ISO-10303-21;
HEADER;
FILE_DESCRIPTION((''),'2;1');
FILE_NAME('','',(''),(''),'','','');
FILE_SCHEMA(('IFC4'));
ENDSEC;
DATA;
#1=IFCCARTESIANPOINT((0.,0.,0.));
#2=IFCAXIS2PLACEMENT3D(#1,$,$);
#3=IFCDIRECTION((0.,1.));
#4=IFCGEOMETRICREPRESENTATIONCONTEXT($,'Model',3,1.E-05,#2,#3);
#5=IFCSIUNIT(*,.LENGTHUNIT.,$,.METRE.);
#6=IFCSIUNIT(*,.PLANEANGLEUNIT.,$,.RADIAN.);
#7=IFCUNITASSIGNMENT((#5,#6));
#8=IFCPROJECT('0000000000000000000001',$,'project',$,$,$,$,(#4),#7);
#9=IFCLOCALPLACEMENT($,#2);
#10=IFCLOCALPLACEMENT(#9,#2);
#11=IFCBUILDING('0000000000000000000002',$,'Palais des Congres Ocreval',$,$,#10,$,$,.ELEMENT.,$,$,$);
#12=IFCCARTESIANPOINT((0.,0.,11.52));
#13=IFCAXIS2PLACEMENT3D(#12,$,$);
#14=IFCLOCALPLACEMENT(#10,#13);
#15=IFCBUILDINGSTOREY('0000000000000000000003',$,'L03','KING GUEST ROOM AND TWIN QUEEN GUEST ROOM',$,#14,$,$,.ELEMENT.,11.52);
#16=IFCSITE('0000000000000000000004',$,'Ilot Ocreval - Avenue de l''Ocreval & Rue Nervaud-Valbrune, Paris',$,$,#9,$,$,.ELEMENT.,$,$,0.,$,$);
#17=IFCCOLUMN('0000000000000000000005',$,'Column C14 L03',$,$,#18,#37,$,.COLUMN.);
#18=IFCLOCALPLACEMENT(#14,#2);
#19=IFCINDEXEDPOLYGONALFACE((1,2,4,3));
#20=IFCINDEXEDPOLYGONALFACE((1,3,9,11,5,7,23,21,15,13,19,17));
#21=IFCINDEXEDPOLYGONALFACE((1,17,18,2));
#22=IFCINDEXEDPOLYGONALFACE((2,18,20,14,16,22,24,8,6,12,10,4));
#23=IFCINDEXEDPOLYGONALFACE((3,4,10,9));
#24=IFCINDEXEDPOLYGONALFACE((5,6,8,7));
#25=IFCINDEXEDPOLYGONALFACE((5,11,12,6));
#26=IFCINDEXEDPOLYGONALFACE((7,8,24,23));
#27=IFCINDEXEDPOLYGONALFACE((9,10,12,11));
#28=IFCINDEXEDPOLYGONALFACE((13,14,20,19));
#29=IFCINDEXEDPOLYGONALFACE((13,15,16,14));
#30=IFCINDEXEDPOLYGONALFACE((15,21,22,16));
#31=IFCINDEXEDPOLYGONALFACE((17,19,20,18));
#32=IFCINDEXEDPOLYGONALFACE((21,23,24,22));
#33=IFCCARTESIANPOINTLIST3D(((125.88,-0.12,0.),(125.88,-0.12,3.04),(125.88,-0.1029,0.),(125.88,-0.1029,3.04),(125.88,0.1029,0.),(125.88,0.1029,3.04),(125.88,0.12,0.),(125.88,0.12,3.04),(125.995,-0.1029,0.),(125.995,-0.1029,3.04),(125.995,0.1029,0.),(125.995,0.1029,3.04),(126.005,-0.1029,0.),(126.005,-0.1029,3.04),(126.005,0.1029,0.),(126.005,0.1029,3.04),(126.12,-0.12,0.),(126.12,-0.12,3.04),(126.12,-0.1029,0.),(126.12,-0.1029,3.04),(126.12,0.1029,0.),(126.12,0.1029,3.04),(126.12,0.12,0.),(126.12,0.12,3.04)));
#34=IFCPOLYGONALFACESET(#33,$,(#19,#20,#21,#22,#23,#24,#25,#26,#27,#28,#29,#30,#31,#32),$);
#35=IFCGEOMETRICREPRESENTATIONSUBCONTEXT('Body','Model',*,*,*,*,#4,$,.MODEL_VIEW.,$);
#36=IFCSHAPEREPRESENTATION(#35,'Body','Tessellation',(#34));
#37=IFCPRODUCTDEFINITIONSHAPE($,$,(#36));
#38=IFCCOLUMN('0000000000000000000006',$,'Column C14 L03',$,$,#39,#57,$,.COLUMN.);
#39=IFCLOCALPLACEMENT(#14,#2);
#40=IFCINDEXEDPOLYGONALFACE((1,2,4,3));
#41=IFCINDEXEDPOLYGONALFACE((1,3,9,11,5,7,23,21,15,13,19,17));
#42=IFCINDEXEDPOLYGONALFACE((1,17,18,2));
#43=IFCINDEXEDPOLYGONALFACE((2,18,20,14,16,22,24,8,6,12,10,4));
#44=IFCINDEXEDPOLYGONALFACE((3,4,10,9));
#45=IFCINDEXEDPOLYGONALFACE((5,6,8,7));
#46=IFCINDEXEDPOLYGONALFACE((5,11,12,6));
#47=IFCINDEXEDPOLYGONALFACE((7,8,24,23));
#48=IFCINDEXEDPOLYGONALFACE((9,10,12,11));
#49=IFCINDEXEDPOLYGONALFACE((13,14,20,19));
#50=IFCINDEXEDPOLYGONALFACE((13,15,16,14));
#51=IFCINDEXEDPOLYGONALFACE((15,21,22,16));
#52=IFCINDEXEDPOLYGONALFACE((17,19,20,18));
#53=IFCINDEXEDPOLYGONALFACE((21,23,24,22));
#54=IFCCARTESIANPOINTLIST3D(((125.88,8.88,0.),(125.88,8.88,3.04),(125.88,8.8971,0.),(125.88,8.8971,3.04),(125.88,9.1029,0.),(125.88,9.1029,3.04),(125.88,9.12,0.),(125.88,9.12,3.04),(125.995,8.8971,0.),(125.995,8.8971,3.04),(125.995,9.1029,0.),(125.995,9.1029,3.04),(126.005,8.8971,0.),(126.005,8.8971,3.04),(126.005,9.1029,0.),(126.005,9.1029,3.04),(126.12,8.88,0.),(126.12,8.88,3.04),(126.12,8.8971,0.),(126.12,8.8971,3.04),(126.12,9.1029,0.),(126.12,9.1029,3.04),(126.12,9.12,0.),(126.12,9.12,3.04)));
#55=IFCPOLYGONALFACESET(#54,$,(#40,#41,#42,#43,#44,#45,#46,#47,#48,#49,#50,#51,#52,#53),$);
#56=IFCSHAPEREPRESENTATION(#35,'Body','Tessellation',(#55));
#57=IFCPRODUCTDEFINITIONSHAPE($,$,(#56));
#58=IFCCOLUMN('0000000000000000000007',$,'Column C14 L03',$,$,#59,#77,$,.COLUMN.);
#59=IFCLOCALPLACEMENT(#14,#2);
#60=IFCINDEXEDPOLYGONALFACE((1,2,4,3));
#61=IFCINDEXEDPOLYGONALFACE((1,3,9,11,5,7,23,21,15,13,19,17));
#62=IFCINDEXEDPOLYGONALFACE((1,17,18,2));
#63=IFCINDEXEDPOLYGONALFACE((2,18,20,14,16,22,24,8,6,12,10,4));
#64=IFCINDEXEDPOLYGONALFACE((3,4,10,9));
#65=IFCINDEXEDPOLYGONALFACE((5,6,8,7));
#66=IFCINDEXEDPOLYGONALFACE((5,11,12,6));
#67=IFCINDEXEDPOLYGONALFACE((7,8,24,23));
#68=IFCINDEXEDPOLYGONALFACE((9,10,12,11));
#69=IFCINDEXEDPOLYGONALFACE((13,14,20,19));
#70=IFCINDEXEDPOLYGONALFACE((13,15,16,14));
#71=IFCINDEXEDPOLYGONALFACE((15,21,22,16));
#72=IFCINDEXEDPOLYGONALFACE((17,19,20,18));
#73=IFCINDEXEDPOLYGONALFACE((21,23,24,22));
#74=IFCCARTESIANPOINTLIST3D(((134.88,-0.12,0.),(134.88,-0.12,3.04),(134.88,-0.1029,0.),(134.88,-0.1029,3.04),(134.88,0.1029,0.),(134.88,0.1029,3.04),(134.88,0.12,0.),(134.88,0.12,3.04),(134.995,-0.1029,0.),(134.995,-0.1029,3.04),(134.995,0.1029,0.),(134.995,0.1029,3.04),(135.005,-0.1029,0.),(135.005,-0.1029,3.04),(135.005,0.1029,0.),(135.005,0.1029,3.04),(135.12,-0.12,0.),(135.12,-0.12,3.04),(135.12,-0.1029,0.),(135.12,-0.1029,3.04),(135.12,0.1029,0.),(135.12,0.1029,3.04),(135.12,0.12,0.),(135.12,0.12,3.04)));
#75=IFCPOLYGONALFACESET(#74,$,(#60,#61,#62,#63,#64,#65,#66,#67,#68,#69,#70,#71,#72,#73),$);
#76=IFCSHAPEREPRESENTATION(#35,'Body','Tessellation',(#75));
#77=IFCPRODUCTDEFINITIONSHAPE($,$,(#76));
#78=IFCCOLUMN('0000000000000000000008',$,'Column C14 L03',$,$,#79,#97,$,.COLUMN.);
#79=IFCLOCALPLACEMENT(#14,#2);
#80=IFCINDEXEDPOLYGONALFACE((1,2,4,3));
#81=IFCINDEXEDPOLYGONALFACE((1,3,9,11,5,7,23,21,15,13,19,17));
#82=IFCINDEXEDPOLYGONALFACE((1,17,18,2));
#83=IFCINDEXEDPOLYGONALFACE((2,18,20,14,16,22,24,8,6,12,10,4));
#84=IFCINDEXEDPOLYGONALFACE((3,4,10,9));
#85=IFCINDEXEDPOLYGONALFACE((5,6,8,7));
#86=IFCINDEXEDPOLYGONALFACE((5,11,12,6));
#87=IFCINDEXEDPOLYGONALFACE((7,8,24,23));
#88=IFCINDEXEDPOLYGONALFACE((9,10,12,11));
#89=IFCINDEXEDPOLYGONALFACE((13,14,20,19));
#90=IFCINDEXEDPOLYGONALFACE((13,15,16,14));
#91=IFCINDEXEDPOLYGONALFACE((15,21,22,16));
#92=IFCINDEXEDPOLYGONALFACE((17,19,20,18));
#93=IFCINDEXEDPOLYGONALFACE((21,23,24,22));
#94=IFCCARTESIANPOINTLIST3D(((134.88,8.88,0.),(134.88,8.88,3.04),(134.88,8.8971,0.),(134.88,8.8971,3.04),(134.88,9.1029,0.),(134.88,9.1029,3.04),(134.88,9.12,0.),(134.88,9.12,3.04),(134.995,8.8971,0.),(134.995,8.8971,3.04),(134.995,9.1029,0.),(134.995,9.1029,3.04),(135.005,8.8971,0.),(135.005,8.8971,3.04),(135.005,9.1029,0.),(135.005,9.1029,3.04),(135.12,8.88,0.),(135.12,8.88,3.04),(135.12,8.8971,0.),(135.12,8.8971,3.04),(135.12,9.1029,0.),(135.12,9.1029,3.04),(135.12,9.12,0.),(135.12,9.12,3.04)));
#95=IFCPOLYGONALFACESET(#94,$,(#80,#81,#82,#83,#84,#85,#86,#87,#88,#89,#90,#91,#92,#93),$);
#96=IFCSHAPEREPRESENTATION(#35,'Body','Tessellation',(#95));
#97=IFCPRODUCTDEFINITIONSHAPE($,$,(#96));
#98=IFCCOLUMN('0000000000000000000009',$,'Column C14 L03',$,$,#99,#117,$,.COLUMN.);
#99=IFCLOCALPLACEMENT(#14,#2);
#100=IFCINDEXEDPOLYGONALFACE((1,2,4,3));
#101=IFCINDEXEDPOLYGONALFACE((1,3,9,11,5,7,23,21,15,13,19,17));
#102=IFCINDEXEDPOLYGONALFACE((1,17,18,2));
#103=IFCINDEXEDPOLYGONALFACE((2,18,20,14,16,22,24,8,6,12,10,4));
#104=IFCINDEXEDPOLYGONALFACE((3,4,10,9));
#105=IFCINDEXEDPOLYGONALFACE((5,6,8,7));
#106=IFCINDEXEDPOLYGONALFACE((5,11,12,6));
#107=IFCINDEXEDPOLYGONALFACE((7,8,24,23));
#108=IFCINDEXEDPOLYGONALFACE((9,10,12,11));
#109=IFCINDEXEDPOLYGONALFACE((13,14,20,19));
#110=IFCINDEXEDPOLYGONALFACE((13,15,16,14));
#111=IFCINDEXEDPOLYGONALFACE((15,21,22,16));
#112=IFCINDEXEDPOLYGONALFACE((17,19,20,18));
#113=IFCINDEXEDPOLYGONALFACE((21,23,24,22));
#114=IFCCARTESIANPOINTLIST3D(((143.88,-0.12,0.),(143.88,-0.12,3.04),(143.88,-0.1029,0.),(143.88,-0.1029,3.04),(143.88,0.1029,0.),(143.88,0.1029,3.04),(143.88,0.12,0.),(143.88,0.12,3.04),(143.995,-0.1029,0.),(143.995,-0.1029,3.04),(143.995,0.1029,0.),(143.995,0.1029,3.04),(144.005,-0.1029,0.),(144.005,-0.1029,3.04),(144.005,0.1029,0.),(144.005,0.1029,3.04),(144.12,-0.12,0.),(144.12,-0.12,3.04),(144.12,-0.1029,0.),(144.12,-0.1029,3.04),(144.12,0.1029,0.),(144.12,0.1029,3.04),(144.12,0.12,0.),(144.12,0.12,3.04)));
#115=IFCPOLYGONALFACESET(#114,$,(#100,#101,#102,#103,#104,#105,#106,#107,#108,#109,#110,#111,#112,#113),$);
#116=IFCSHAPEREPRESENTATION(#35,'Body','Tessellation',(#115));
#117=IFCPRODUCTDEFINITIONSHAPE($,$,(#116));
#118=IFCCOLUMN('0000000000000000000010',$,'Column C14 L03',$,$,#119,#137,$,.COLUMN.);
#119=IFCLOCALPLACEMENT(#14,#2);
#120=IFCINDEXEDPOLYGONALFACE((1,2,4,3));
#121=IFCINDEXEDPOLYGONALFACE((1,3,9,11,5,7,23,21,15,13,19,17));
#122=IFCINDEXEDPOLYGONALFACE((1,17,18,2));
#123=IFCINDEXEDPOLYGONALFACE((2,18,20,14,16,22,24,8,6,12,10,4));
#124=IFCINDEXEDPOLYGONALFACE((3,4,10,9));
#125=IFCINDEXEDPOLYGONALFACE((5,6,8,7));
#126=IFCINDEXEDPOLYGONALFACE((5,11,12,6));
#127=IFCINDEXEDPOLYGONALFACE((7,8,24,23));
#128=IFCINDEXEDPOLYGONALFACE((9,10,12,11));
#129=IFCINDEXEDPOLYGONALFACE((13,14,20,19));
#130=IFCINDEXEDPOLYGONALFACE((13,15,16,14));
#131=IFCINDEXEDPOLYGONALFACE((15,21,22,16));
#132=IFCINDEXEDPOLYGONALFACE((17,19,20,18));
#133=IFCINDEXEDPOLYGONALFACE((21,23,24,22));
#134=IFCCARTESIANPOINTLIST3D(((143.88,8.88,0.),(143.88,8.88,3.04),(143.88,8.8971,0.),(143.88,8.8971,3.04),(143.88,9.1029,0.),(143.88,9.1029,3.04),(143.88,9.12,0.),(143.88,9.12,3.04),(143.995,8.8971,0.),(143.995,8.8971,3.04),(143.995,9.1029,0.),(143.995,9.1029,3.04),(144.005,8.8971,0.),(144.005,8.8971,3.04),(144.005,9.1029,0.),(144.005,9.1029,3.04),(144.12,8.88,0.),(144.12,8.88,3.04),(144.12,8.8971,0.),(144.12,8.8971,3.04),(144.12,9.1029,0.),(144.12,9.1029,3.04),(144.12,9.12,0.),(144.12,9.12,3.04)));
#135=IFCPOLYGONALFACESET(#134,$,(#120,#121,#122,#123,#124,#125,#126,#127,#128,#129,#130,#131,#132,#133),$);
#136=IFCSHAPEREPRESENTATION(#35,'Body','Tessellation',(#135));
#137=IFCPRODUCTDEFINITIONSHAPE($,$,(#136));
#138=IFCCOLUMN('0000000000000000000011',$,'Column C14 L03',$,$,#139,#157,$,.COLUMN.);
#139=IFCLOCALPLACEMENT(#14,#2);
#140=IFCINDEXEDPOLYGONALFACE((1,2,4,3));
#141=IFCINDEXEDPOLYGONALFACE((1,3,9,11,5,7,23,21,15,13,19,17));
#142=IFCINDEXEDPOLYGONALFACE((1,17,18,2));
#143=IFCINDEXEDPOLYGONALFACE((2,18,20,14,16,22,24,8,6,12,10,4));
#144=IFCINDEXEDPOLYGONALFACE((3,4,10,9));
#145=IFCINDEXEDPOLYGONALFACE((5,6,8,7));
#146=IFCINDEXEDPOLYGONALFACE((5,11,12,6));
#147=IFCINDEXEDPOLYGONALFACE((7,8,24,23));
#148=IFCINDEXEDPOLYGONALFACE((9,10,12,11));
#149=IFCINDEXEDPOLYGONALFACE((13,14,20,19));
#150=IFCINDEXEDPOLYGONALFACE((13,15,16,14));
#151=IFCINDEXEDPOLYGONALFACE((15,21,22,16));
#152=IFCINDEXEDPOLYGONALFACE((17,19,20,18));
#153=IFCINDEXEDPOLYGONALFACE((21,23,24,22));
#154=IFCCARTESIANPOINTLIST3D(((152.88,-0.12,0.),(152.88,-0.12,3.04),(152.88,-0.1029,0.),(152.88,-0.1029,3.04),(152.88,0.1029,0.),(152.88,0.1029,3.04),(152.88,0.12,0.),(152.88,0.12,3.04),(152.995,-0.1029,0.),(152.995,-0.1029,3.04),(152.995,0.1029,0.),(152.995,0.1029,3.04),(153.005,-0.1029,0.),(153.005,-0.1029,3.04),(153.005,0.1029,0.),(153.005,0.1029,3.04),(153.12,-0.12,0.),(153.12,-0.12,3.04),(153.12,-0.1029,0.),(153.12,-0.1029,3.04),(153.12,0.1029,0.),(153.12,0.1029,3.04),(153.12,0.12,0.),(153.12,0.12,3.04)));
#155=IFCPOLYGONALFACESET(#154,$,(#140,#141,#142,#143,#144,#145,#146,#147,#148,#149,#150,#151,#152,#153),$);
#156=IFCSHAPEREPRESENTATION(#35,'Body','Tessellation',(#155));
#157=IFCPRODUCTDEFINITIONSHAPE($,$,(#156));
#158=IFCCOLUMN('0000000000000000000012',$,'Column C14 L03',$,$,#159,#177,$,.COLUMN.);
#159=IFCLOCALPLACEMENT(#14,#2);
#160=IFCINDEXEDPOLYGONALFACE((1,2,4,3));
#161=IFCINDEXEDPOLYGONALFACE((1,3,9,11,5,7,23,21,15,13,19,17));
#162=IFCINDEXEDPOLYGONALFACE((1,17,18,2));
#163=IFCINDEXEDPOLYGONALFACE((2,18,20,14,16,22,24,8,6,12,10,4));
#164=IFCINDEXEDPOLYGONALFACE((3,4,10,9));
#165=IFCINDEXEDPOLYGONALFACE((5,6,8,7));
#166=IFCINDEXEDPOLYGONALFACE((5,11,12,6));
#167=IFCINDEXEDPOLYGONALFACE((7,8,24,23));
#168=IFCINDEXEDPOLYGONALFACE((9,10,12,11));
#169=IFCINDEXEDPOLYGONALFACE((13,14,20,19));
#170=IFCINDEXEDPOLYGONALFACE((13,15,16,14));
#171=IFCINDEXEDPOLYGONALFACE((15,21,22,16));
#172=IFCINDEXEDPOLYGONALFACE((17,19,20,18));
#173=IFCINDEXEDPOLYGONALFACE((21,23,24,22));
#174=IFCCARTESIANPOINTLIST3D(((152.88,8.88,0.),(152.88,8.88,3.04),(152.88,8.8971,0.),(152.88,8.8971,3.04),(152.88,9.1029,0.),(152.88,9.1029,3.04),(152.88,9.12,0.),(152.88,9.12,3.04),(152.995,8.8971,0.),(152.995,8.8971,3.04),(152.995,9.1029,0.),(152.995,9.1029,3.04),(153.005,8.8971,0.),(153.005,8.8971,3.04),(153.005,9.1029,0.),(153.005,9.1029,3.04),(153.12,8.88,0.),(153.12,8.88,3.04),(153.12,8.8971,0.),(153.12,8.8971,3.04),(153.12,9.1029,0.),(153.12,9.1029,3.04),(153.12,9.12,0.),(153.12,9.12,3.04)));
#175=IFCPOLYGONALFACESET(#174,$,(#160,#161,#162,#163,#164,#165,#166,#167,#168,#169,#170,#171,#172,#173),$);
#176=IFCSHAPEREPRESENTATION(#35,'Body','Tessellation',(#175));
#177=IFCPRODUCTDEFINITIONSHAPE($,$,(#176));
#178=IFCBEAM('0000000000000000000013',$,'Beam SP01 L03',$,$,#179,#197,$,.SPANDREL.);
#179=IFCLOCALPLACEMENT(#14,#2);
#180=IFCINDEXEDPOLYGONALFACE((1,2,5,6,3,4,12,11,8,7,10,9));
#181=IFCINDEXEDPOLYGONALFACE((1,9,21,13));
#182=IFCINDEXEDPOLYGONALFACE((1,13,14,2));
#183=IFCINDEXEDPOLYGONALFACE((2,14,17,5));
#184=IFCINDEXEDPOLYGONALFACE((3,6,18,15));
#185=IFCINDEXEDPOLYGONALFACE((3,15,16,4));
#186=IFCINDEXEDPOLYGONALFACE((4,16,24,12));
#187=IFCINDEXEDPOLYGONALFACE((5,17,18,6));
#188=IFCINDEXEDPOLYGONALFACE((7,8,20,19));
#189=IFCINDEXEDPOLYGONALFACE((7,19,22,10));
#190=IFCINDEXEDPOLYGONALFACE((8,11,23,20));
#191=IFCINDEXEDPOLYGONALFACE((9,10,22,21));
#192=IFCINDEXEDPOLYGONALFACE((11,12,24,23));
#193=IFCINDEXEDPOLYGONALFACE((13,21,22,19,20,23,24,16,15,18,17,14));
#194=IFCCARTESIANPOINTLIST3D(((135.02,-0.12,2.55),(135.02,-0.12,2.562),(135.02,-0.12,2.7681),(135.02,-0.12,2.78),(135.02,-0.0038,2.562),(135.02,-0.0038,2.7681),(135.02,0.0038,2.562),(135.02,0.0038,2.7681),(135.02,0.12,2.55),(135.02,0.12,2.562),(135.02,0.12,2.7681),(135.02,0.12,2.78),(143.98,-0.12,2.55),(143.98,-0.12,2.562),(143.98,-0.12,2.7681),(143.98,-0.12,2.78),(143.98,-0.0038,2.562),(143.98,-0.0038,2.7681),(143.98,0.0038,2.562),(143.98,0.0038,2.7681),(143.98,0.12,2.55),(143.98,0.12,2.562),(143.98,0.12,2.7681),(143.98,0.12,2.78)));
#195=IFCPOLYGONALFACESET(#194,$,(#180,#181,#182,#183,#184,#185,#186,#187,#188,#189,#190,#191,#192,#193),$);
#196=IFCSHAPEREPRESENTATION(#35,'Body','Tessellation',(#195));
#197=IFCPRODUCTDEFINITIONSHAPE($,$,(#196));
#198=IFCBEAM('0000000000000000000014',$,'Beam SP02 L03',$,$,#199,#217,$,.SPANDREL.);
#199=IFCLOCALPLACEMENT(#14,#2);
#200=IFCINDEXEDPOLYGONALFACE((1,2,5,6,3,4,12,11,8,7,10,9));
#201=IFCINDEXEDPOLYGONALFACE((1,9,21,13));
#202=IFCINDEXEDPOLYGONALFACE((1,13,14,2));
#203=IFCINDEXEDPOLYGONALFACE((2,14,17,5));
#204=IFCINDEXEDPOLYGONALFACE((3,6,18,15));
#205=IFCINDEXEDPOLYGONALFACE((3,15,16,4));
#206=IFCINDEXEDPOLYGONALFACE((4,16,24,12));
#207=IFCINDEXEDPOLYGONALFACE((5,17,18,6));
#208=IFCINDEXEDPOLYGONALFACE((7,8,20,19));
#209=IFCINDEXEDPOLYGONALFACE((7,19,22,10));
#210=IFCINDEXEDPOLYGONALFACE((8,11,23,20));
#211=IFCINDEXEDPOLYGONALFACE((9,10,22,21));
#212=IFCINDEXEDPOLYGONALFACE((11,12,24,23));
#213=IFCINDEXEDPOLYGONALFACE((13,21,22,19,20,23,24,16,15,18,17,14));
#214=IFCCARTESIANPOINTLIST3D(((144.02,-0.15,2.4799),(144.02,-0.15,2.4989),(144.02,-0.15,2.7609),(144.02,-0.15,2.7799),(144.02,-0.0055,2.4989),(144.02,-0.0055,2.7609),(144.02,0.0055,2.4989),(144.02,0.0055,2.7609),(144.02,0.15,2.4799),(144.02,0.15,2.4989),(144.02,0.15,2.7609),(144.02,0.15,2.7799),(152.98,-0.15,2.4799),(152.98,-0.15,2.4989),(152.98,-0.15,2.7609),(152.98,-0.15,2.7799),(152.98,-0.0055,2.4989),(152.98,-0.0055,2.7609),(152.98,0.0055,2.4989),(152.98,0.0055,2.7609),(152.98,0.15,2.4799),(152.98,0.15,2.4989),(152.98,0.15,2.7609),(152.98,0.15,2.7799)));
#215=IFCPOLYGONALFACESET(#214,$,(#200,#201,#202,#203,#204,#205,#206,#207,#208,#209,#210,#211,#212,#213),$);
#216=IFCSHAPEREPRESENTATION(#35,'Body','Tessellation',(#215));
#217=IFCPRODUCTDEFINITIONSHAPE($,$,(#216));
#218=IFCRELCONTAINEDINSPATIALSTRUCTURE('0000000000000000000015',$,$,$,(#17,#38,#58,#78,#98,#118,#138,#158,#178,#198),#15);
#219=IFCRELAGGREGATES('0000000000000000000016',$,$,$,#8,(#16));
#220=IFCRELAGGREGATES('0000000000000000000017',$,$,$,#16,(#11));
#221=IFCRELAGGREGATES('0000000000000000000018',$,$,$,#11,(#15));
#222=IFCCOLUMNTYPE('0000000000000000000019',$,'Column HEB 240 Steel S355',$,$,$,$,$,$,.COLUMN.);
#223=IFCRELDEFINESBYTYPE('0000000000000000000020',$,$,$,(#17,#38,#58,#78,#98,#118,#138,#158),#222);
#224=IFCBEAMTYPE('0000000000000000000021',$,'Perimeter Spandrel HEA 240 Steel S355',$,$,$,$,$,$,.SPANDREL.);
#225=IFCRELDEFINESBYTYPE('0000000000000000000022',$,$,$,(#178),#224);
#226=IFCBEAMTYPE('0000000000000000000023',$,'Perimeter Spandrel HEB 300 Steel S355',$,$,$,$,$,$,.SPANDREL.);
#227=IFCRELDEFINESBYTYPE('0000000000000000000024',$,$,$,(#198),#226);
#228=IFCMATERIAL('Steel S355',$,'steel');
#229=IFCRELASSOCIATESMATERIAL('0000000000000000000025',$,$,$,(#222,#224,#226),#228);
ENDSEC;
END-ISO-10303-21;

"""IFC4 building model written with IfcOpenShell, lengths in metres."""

from ifc_helpers import new_model, si_unit, direction, frame, origin, origin_2d, place, context, subcontext, project, spatial, i_section, extrude, material, material_profile, profile_set, type_object, element, save


model = new_model("IFC4")

# Units and contexts
model_context = context("Model", 3, precision=1e-05, world=origin(), true_north=direction((0.0, 1.0)))
body_context = subcontext(model_context, "Body", "Model", "MODEL_VIEW")
ifc_project = project(units=[si_unit("LENGTHUNIT", "METRE"), si_unit("PLANEANGLEUNIT", "RADIAN")], contexts=[model_context])

# Site, building, storey
site_placement = place(None, origin())
site = spatial("IfcSite", under=ifc_project, at=site_placement, Name="Ilot Ocreval - Avenue de l'Ocreval & Rue Nervaud-Valbrune, Paris", CompositionType="ELEMENT", RefElevation=0.0)
building_placement = place(site_placement, origin())
building = spatial("IfcBuilding", under=site, at=building_placement, Name="Palais des Congres Ocreval", CompositionType="ELEMENT")
storey_placement = place(building_placement, frame((0.0, 0.0, 11.52)))
storey = spatial("IfcBuildingStorey", under=building, at=storey_placement, Name="L03", Description="KING GUEST ROOM AND TWIN QUEEN GUEST ROOM", CompositionType="ELEMENT", Elevation=11.52)

# Columns
ifc_material_1 = material(Name="Steel S355", Category="steel")
ifc_material_profile_1 = material_profile(ifc_material_1, i_section(OverallWidth=0.24, OverallDepth=0.24, WebThickness=0.01, FlangeThickness=0.0171, at=origin_2d()), Name="HEB 240")
ifc_profile_set_1 = profile_set([ifc_material_profile_1], Name="Steel S355")
column_type = type_object("IfcColumnType", Name="Column HEB 240 Steel S355", PredefinedType="COLUMN", material=ifc_profile_set_1)
for number, where, z_axis, x_axis, name in (
    (1, (126.0, 0.0, 0.0), (0.0, 0.0, 1.0), (1.0, 0.0, 0.0), "Column C14 L03"),
    (2, (126.0, 9.0, 0.0), (0.0, 0.0, 1.0), (1.0, 0.0, 0.0), "Column C14 L03"),
    (3, (135.0, 0.0, 0.0), (0.0, 0.0, 1.0), (1.0, 0.0, 0.0), "Column C14 L03"),
    (4, (135.0, 9.0, 0.0), (0.0, 0.0, 1.0), (1.0, 0.0, 0.0), "Column C14 L03"),
    (5, (144.0, 0.0, 0.0), (0.0, 0.0, 1.0), (1.0, 0.0, 0.0), "Column C14 L03"),
    (6, (144.0, 9.0, 0.0), (0.0, 0.0, 1.0), (1.0, 0.0, 0.0), "Column C14 L03"),
    (7, (153.0, 0.0, 0.0), (0.0, 0.0, 1.0), (1.0, 0.0, 0.0), "Column C14 L03"),
    (8, (153.0, 9.0, 0.0), (0.0, 0.0, 1.0), (1.0, 0.0, 0.0), "Column C14 L03"),
):
    element("IfcColumn", number, at=place(storey_placement, frame(where, z_axis=z_axis, x_axis=x_axis)), inside=storey, type_object=column_type, Name=name, PredefinedType="COLUMN", context=body_context, shape_type="SweptSolid", body=[
        extrude(i_section(OverallWidth=0.24, OverallDepth=0.24, WebThickness=0.01, FlangeThickness=0.0171, at=origin_2d()), origin(), (0.0, 0.0, 1.0), 3.04),
    ])

# Beams
ifc_material_profile_2 = material_profile(ifc_material_1, i_section(OverallWidth=0.24, OverallDepth=0.23, WebThickness=0.0076, FlangeThickness=0.012, at=origin_2d()), Name="HEA 240")
ifc_profile_set_2 = profile_set([ifc_material_profile_2], Name="Steel S355")
beam_type_1 = type_object("IfcBeamType", Name="Perimeter Spandrel HEA 240 Steel S355", PredefinedType="SPANDREL", material=ifc_profile_set_2)
beam_1_placement = place(storey_placement, frame((135.02, 0.0, 2.665), z_axis=(1.0, 0.0, 0.0), x_axis=(0.0, 1.0, 0.0)))
element("IfcBeam", 9, at=beam_1_placement, inside=storey, type_object=beam_type_1, Name="Beam SP01 L03", PredefinedType="SPANDREL", context=body_context, shape_type="SweptSolid", body=[
    extrude(i_section(OverallWidth=0.24, OverallDepth=0.23, WebThickness=0.0076, FlangeThickness=0.012, at=origin_2d()), origin(), (0.0, 0.0, 1.0), 8.96),
])
ifc_material_profile_3 = material_profile(ifc_material_1, i_section(OverallWidth=0.3, OverallDepth=0.3, WebThickness=0.011, FlangeThickness=0.019, at=origin_2d()), Name="HEB 300")
ifc_profile_set_3 = profile_set([ifc_material_profile_3], Name="Steel S355")
beam_type_2 = type_object("IfcBeamType", Name="Perimeter Spandrel HEB 300 Steel S355", PredefinedType="SPANDREL", material=ifc_profile_set_3)
beam_2_placement = place(storey_placement, frame((144.02, 0.0, 2.6299), z_axis=(1.0, 0.0, 0.0), x_axis=(0.0, 1.0, 0.0)))
element("IfcBeam", 10, at=beam_2_placement, inside=storey, type_object=beam_type_2, Name="Beam SP02 L03", PredefinedType="SPANDREL", context=body_context, shape_type="SweptSolid", body=[
    extrude(i_section(OverallWidth=0.3, OverallDepth=0.3, WebThickness=0.011, FlangeThickness=0.019, at=origin_2d()), origin(), (0.0, 0.0, 1.0), 8.96),
])

save(model, "model.ifc")
